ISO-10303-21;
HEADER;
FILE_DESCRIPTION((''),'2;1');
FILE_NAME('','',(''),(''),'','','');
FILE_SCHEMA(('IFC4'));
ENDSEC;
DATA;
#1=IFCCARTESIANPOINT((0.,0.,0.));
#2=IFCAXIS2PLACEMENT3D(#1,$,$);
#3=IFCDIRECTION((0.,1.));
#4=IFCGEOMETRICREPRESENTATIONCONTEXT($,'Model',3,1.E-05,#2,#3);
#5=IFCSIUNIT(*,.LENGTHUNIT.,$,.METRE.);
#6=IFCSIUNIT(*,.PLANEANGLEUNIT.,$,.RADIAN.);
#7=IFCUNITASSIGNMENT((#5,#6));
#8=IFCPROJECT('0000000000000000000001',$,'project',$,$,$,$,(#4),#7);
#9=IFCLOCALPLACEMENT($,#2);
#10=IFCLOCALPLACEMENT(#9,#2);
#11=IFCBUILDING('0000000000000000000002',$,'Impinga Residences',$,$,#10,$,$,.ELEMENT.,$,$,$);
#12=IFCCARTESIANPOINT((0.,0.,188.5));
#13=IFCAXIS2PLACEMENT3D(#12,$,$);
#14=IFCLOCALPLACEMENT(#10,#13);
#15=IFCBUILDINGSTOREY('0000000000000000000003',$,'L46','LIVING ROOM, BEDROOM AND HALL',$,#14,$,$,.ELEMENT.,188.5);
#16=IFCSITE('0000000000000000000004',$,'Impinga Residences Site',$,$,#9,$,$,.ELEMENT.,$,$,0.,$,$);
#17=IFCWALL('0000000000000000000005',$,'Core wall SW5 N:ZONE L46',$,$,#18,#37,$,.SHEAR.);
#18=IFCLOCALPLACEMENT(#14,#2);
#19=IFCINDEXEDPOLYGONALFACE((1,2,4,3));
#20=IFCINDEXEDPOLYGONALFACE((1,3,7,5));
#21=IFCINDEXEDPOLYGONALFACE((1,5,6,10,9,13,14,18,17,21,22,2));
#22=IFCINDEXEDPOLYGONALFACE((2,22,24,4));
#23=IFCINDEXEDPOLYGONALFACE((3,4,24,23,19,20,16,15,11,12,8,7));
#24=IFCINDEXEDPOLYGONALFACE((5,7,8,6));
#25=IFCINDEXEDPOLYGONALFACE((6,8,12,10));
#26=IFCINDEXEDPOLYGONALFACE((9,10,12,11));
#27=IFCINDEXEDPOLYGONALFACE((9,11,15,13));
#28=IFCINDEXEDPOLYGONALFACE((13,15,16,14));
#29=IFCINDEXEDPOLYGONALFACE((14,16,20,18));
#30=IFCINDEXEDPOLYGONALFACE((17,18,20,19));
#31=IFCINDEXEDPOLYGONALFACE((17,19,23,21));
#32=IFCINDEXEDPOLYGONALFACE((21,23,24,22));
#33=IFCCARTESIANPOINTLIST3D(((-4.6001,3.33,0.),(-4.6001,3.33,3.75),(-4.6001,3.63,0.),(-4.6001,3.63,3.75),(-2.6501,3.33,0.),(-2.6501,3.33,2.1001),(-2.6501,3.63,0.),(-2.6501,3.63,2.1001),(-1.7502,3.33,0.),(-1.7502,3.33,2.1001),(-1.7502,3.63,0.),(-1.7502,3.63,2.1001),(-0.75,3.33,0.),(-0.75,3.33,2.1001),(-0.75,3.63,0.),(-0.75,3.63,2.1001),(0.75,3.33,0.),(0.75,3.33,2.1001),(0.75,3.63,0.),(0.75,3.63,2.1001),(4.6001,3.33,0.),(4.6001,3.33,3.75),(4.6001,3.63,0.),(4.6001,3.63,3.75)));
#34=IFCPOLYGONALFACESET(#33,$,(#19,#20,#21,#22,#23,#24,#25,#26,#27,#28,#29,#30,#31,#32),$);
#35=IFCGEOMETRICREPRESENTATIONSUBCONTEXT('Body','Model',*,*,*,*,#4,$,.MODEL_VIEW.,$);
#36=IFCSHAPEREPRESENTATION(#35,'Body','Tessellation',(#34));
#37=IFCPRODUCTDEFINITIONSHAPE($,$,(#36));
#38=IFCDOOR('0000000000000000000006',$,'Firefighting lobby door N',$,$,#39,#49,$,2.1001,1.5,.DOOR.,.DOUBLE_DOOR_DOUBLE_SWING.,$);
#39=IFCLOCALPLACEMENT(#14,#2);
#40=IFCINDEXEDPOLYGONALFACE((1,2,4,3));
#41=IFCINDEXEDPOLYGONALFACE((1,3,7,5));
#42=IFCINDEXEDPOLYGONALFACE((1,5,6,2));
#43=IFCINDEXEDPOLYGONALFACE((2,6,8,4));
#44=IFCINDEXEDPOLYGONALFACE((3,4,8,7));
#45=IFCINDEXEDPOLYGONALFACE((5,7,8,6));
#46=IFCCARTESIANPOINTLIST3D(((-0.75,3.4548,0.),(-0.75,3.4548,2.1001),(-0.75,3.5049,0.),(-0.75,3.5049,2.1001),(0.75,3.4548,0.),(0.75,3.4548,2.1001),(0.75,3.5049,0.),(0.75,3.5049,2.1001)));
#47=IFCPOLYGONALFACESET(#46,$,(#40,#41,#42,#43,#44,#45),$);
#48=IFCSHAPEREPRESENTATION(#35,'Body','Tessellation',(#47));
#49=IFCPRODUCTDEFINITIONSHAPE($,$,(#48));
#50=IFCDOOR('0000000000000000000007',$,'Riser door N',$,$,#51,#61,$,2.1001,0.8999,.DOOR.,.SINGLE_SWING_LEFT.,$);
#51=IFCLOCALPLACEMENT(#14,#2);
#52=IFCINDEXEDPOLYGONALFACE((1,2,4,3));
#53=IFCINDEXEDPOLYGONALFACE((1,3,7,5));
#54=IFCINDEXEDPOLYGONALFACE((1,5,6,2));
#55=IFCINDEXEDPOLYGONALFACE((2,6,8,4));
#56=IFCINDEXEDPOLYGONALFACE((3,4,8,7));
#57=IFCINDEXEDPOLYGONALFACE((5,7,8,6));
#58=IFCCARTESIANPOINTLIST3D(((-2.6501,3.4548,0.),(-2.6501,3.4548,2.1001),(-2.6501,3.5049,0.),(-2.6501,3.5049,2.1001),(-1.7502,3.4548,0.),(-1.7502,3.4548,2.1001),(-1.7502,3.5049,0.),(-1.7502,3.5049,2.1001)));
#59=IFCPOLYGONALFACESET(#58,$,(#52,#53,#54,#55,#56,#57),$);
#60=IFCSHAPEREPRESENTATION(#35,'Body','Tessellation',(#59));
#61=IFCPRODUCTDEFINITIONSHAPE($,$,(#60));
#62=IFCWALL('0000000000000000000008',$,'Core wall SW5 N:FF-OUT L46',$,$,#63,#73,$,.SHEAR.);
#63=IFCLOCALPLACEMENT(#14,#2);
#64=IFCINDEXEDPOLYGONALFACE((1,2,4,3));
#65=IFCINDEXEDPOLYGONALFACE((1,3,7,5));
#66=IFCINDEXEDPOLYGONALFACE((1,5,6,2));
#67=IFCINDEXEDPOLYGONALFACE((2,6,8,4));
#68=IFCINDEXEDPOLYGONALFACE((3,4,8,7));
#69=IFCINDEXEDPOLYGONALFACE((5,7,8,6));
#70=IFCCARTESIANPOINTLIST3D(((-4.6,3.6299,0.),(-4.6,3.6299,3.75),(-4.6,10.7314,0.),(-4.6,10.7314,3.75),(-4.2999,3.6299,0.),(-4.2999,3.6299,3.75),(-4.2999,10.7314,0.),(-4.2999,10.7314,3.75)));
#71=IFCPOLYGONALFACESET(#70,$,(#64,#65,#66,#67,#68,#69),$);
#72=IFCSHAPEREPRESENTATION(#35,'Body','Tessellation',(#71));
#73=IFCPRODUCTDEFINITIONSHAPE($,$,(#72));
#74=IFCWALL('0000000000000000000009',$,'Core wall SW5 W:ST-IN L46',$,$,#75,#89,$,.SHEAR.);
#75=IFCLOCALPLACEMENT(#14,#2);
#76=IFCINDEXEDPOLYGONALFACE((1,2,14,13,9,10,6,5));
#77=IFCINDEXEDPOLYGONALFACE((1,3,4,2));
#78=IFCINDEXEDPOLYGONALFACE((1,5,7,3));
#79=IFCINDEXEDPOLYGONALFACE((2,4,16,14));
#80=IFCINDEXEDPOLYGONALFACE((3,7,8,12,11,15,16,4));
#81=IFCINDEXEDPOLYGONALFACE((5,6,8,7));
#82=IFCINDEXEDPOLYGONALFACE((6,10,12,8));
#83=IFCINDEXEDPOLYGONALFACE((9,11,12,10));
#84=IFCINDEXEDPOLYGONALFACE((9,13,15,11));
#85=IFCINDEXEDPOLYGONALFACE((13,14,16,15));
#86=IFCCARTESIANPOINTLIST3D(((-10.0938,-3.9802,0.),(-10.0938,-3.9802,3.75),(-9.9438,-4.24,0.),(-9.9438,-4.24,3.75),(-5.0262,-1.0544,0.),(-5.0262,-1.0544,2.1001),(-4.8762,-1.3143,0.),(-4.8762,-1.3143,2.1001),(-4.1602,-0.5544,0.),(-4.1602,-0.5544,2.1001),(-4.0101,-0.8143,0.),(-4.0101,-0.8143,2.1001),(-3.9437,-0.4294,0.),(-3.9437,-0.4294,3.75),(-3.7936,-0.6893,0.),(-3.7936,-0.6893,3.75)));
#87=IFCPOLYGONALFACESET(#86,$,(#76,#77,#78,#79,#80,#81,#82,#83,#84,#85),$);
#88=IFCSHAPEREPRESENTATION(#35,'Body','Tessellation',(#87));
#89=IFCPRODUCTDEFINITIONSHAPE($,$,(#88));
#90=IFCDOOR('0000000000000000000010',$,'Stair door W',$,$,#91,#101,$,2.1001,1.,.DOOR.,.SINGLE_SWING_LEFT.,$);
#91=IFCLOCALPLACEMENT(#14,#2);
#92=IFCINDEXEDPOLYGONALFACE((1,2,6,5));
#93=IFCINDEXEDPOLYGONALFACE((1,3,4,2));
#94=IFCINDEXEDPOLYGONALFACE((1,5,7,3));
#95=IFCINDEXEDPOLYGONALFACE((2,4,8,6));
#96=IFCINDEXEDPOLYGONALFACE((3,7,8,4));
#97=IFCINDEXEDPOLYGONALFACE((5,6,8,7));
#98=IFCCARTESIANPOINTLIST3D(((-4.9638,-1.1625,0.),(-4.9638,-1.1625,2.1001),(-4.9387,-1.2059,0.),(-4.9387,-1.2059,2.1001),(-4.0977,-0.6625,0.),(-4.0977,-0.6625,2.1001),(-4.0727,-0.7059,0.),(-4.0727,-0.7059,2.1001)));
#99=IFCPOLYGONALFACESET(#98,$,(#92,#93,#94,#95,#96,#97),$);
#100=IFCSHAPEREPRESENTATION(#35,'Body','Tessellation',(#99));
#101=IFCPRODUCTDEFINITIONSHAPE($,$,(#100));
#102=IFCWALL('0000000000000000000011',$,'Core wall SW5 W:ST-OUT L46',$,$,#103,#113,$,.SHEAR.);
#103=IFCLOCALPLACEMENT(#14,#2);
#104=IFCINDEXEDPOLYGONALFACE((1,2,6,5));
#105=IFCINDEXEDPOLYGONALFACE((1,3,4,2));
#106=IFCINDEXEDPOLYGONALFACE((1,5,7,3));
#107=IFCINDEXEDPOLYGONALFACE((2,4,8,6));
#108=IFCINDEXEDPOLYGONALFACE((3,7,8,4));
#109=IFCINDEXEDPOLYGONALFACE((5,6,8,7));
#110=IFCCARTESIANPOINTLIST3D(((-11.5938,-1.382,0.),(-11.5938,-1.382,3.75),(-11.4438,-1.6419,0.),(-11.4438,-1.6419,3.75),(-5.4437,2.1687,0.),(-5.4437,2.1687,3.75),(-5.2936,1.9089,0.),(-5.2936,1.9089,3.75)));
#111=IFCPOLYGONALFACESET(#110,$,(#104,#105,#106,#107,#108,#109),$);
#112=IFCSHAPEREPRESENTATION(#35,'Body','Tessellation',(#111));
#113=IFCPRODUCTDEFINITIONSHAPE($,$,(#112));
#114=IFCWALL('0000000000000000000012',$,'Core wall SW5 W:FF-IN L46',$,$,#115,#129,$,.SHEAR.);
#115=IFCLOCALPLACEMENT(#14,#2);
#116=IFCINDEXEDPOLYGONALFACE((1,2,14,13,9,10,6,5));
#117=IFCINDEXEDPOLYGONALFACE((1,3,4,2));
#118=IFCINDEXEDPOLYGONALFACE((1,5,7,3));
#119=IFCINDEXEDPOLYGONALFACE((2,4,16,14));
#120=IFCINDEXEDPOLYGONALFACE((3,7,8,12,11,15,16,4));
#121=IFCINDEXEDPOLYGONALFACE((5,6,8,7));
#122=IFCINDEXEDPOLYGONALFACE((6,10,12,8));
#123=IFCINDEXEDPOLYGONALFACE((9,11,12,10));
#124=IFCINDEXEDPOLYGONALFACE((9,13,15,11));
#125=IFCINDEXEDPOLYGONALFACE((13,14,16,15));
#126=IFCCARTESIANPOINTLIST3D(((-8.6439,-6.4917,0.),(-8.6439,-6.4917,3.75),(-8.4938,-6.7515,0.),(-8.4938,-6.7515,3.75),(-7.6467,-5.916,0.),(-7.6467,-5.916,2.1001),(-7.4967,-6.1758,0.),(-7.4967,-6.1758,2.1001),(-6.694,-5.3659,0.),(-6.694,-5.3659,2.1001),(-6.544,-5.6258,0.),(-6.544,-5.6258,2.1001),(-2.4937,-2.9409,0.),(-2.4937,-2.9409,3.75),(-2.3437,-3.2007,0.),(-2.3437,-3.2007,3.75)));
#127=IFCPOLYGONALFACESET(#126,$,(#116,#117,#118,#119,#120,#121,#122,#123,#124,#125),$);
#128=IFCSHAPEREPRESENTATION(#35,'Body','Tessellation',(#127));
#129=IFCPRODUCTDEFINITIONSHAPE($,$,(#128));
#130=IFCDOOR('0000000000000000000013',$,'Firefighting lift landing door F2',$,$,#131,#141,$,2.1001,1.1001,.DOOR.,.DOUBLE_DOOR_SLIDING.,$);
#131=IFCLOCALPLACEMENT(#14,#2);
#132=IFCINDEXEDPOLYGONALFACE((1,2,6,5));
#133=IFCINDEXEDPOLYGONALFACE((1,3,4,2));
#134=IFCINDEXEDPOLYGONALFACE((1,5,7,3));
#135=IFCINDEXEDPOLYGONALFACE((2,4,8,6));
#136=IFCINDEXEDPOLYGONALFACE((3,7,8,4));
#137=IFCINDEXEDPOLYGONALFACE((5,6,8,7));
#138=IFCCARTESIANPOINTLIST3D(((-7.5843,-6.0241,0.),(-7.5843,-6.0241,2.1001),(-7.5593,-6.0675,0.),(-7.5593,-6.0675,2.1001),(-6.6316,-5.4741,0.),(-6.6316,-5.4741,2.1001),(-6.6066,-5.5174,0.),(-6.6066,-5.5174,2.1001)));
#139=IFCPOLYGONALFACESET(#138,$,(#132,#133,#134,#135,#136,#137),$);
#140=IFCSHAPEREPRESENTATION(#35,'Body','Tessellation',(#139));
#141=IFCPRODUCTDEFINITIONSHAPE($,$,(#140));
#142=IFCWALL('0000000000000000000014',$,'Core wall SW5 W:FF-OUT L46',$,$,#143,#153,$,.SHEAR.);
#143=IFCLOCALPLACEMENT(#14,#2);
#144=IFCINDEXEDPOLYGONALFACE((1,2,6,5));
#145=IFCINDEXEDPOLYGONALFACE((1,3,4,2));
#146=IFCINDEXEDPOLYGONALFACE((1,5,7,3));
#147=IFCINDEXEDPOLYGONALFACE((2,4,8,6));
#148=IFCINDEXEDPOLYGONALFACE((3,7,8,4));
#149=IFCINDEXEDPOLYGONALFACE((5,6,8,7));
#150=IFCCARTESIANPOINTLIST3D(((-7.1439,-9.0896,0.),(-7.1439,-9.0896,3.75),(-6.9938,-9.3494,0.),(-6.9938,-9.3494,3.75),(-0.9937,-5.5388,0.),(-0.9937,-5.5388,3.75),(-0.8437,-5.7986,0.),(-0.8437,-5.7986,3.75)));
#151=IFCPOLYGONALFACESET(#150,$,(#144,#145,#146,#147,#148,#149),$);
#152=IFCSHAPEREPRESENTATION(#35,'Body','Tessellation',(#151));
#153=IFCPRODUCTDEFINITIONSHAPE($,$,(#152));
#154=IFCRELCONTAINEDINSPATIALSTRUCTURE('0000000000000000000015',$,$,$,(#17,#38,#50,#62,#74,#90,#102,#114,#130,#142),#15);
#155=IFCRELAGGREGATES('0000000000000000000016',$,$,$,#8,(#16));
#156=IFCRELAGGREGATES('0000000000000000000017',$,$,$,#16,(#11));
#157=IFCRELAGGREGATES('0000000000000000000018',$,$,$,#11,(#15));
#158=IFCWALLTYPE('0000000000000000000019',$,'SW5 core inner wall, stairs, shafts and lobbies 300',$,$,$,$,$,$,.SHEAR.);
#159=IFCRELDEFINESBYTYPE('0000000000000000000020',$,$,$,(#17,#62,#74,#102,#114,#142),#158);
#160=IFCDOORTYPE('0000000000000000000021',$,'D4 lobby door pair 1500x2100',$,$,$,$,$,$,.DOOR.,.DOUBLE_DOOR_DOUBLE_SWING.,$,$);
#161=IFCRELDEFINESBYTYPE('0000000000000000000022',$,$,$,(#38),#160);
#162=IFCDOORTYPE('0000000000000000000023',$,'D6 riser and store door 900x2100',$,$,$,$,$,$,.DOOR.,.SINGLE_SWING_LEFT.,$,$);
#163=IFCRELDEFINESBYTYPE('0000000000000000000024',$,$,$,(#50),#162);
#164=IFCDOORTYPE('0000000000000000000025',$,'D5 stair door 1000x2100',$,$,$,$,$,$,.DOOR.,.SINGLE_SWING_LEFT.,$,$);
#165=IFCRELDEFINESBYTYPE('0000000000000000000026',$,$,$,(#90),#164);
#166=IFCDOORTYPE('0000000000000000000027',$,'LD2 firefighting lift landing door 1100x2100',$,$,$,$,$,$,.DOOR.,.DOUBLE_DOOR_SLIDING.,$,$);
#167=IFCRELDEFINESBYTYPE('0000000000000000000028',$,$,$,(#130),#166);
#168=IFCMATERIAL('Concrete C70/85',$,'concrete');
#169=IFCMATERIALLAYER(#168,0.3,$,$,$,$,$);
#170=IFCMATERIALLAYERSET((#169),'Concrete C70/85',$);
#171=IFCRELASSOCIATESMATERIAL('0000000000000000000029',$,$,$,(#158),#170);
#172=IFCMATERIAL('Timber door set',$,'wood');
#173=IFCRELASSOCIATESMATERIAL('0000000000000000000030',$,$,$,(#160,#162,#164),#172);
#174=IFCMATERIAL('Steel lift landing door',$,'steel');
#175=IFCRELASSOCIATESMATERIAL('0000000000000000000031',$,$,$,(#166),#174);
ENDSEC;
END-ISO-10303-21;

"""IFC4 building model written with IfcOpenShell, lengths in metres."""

from ifc_helpers import new_model, si_unit, direction, frame, frame_2d, origin, place, context, subcontext, project, spatial, rectangle, extrude, material, layer, layer_set, type_object, element, fill, save


model = new_model("IFC4")

# Units and contexts
model_context = context("Model", 3, precision=1e-05, world=origin(), true_north=direction((0.0, 1.0)))
body_context = subcontext(model_context, "Body", "Model", "MODEL_VIEW")
ifc_project = project(units=[si_unit("LENGTHUNIT", "METRE"), si_unit("PLANEANGLEUNIT", "RADIAN")], contexts=[model_context])

# Site, building, storey
site_placement = place(None, origin())
site = spatial("IfcSite", under=ifc_project, at=site_placement, Name="Impinga Residences Site", CompositionType="ELEMENT", RefElevation=0.0)
building_placement = place(site_placement, origin())
building = spatial("IfcBuilding", under=site, at=building_placement, Name="Impinga Residences", CompositionType="ELEMENT")
storey_placement = place(building_placement, frame((0.0, 0.0, 188.5)))
storey = spatial("IfcBuildingStorey", under=building, at=storey_placement, Name="L46", Description="LIVING ROOM, BEDROOM AND HALL", CompositionType="ELEMENT", Elevation=188.5)

# Wall, openings, doors
ifc_material_1 = material(Name="Concrete C70/85", Category="concrete")
ifc_layer_1 = layer(ifc_material_1, 0.3)
ifc_layer_set_1 = layer_set([ifc_layer_1], Name="Concrete C70/85")
wall_type_1 = type_object("IfcWallType", Name="SW5 core inner wall, stairs, shafts and lobbies 300", PredefinedType="SHEAR", material=ifc_layer_set_1)
wall_1_placement = place(storey_placement, frame((-4.6001, 3.48, 0.0), z_axis=(0.0, 0.0, 1.0), x_axis=(1.0, 0.0, 0.0)))
wall_1 = element("IfcWall", 1, at=wall_1_placement, inside=storey, type_object=wall_type_1, Name="Core wall SW5 N:ZONE L46", PredefinedType="SHEAR", context=body_context, shape_type="SweptSolid", body=[
    extrude(rectangle(XDim=9.2002, YDim=0.3, at=frame_2d((4.6001, 0.0))), origin(), (0.0, 0.0, 1.0), 3.75),
])
opening_1_placement = place(wall_1_placement, frame((3.8501, 0.0, 0.0)))
opening_1 = element("IfcOpeningElement", 2, at=opening_1_placement, cuts=wall_1, PredefinedType="OPENING", context=body_context, shape_type="SweptSolid", body=[
    extrude(rectangle(XDim=1.5, YDim=2.1001, at=frame_2d((0.75, 1.05))), frame((0.0, 0.1599, 0.0), z_axis=(0.0, -1.0, 0.0), x_axis=(1.0, 0.0, 0.0)), (0.0, 0.0, 1.0), 0.3201),
])
opening_2_placement = place(wall_1_placement, frame((1.95, 0.0, 0.0)))
opening_2 = element("IfcOpeningElement", 3, at=opening_2_placement, cuts=wall_1, PredefinedType="OPENING", context=body_context, shape_type="SweptSolid", body=[
    extrude(rectangle(XDim=0.8999, YDim=2.1001, at=frame_2d((0.45, 1.05))), frame((0.0, 0.1599, 0.0), z_axis=(0.0, -1.0, 0.0), x_axis=(1.0, 0.0, 0.0)), (0.0, 0.0, 1.0), 0.3201),
])
ifc_material_2 = material(Name="Timber door set", Category="wood")
door_type_1 = type_object("IfcDoorType", Name="D4 lobby door pair 1500x2100", OperationType="DOUBLE_DOOR_DOUBLE_SWING", PredefinedType="DOOR", material=ifc_material_2)
door_1_placement = place(opening_1_placement, origin())
door_1 = element("IfcDoor", 4, at=door_1_placement, inside=storey, type_object=door_type_1, Name="Firefighting lobby door N", OperationType="DOUBLE_DOOR_DOUBLE_SWING", OverallHeight=2.1001, OverallWidth=1.5, PredefinedType="DOOR", context=body_context, shape_type="SweptSolid", body=[
    extrude(rectangle(XDim=1.5, YDim=2.1001, at=frame_2d((0.75, 1.05))), frame((0.0, 0.0249, 0.0), z_axis=(0.0, -1.0, 0.0), x_axis=(1.0, 0.0, 0.0)), (0.0, 0.0, 1.0), 0.05),
])
fill(opening_1, door_1)
door_type_2 = type_object("IfcDoorType", Name="D6 riser and store door 900x2100", OperationType="SINGLE_SWING_LEFT", PredefinedType="DOOR", material=ifc_material_2)
door_2_placement = place(opening_2_placement, origin())
door_2 = element("IfcDoor", 5, at=door_2_placement, inside=storey, type_object=door_type_2, Name="Riser door N", OperationType="SINGLE_SWING_LEFT", OverallHeight=2.1001, OverallWidth=0.8999, PredefinedType="DOOR", context=body_context, shape_type="SweptSolid", body=[
    extrude(rectangle(XDim=0.8999, YDim=2.1001, at=frame_2d((0.45, 1.05))), frame((0.0, 0.0249, 0.0), z_axis=(0.0, -1.0, 0.0), x_axis=(1.0, 0.0, 0.0)), (0.0, 0.0, 1.0), 0.05),
])
fill(opening_2, door_2)

# Wall
wall_2_placement = place(storey_placement, frame((-4.45, 3.6299, 0.0), z_axis=(0.0, 0.0, 1.0), x_axis=(0.0, 1.0, 0.0)))
element("IfcWall", 6, at=wall_2_placement, inside=storey, type_object=wall_type_1, Name="Core wall SW5 N:FF-OUT L46", PredefinedType="SHEAR", context=body_context, shape_type="SweptSolid", body=[
    extrude(rectangle(XDim=7.1016, YDim=0.3, at=frame_2d((3.5508, 0.0))), origin(), (0.0, 0.0, 1.0), 3.75),
])

# Wall, opening, door
wall_3_placement = place(storey_placement, frame((-3.8687, -0.5593, 0.0), z_axis=(0.0, 0.0, 1.0), x_axis=(-0.866026, -0.499999, 0.0)))
wall_3 = element("IfcWall", 7, at=wall_3_placement, inside=storey, type_object=wall_type_1, Name="Core wall SW5 W:ST-IN L46", PredefinedType="SHEAR", context=body_context, shape_type="SweptSolid", body=[
    extrude(rectangle(XDim=7.1016, YDim=0.3, at=frame_2d((3.5508, 0.0))), origin(), (0.0, 0.0, 1.0), 3.75),
])
opening_3_placement = place(wall_3_placement, frame((0.25, 0.0, 0.0)))
opening_3 = element("IfcOpeningElement", 8, at=opening_3_placement, cuts=wall_3, PredefinedType="OPENING", context=body_context, shape_type="SweptSolid", body=[
    extrude(rectangle(XDim=1.0, YDim=2.1001, at=frame_2d((0.5, 1.05))), frame((0.0, 0.1599, 0.0), z_axis=(0.0, -1.0, 0.0), x_axis=(1.0, 0.0, 0.0)), (0.0, 0.0, 1.0), 0.3201),
])
door_type_3 = type_object("IfcDoorType", Name="D5 stair door 1000x2100", OperationType="SINGLE_SWING_LEFT", PredefinedType="DOOR", material=ifc_material_2)
door_3_placement = place(opening_3_placement, origin())
door_3 = element("IfcDoor", 9, at=door_3_placement, inside=storey, type_object=door_type_3, Name="Stair door W", OperationType="SINGLE_SWING_LEFT", OverallHeight=2.1001, OverallWidth=1.0, PredefinedType="DOOR", context=body_context, shape_type="SweptSolid", body=[
    extrude(rectangle(XDim=1.0, YDim=2.1001, at=frame_2d((0.5, 1.05))), frame((0.0, 0.0249, 0.0), z_axis=(0.0, -1.0, 0.0), x_axis=(1.0, 0.0, 0.0)), (0.0, 0.0, 1.0), 0.05),
])
fill(opening_3, door_3)

# Wall
wall_4_placement = place(storey_placement, frame((-5.3687, 2.0388, 0.0), z_axis=(0.0, 0.0, 1.0), x_axis=(-0.866026, -0.499999, 0.0)))
element("IfcWall", 10, at=wall_4_placement, inside=storey, type_object=wall_type_1, Name="Core wall SW5 W:ST-OUT L46", PredefinedType="SHEAR", context=body_context, shape_type="SweptSolid", body=[
    extrude(rectangle(XDim=7.1016, YDim=0.3, at=frame_2d((3.5508, 0.0))), origin(), (0.0, 0.0, 1.0), 3.75),
])

# Wall, opening, door
wall_5_placement = place(storey_placement, frame((-2.4187, -3.0708, 0.0), z_axis=(0.0, 0.0, 1.0), x_axis=(-0.866026, -0.499999, 0.0)))
wall_5 = element("IfcWall", 11, at=wall_5_placement, inside=storey, type_object=wall_type_1, Name="Core wall SW5 W:FF-IN L46", PredefinedType="SHEAR", context=body_context, shape_type="SweptSolid", body=[
    extrude(rectangle(XDim=7.1016, YDim=0.3, at=frame_2d((3.5508, 0.0))), origin(), (0.0, 0.0, 1.0), 3.75),
])
opening_4_placement = place(wall_5_placement, frame((4.8501, 0.0, 0.0)))
opening_4 = element("IfcOpeningElement", 12, at=opening_4_placement, cuts=wall_5, PredefinedType="OPENING", context=body_context, shape_type="SweptSolid", body=[
    extrude(rectangle(XDim=1.1001, YDim=2.1001, at=frame_2d((0.55, 1.05))), frame((0.0, 0.1599, 0.0), z_axis=(0.0, -1.0, 0.0), x_axis=(1.0, 0.0, 0.0)), (0.0, 0.0, 1.0), 0.3201),
])
ifc_material_3 = material(Name="Steel lift landing door", Category="steel")
door_type_4 = type_object("IfcDoorType", Name="LD2 firefighting lift landing door 1100x2100", OperationType="DOUBLE_DOOR_SLIDING", PredefinedType="DOOR", material=ifc_material_3)
door_4_placement = place(opening_4_placement, origin())
door_4 = element("IfcDoor", 13, at=door_4_placement, inside=storey, type_object=door_type_4, Name="Firefighting lift landing door F2", OperationType="DOUBLE_DOOR_SLIDING", OverallHeight=2.1001, OverallWidth=1.1001, PredefinedType="DOOR", context=body_context, shape_type="SweptSolid", body=[
    extrude(rectangle(XDim=1.1001, YDim=2.1001, at=frame_2d((0.55, 1.05))), frame((0.0, 0.0249, 0.0), z_axis=(0.0, -1.0, 0.0), x_axis=(1.0, 0.0, 0.0)), (0.0, 0.0, 1.0), 0.05),
])
fill(opening_4, door_4)

# Wall
wall_6_placement = place(storey_placement, frame((-0.9187, -5.6687, 0.0), z_axis=(0.0, 0.0, 1.0), x_axis=(-0.866026, -0.499999, 0.0)))
element("IfcWall", 14, at=wall_6_placement, inside=storey, type_object=wall_type_1, Name="Core wall SW5 W:FF-OUT L46", PredefinedType="SHEAR", context=body_context, shape_type="SweptSolid", body=[
    extrude(rectangle(XDim=7.1016, YDim=0.3, at=frame_2d((3.5508, 0.0))), origin(), (0.0, 0.0, 1.0), 3.75),
])

save(model, "model.ifc")
